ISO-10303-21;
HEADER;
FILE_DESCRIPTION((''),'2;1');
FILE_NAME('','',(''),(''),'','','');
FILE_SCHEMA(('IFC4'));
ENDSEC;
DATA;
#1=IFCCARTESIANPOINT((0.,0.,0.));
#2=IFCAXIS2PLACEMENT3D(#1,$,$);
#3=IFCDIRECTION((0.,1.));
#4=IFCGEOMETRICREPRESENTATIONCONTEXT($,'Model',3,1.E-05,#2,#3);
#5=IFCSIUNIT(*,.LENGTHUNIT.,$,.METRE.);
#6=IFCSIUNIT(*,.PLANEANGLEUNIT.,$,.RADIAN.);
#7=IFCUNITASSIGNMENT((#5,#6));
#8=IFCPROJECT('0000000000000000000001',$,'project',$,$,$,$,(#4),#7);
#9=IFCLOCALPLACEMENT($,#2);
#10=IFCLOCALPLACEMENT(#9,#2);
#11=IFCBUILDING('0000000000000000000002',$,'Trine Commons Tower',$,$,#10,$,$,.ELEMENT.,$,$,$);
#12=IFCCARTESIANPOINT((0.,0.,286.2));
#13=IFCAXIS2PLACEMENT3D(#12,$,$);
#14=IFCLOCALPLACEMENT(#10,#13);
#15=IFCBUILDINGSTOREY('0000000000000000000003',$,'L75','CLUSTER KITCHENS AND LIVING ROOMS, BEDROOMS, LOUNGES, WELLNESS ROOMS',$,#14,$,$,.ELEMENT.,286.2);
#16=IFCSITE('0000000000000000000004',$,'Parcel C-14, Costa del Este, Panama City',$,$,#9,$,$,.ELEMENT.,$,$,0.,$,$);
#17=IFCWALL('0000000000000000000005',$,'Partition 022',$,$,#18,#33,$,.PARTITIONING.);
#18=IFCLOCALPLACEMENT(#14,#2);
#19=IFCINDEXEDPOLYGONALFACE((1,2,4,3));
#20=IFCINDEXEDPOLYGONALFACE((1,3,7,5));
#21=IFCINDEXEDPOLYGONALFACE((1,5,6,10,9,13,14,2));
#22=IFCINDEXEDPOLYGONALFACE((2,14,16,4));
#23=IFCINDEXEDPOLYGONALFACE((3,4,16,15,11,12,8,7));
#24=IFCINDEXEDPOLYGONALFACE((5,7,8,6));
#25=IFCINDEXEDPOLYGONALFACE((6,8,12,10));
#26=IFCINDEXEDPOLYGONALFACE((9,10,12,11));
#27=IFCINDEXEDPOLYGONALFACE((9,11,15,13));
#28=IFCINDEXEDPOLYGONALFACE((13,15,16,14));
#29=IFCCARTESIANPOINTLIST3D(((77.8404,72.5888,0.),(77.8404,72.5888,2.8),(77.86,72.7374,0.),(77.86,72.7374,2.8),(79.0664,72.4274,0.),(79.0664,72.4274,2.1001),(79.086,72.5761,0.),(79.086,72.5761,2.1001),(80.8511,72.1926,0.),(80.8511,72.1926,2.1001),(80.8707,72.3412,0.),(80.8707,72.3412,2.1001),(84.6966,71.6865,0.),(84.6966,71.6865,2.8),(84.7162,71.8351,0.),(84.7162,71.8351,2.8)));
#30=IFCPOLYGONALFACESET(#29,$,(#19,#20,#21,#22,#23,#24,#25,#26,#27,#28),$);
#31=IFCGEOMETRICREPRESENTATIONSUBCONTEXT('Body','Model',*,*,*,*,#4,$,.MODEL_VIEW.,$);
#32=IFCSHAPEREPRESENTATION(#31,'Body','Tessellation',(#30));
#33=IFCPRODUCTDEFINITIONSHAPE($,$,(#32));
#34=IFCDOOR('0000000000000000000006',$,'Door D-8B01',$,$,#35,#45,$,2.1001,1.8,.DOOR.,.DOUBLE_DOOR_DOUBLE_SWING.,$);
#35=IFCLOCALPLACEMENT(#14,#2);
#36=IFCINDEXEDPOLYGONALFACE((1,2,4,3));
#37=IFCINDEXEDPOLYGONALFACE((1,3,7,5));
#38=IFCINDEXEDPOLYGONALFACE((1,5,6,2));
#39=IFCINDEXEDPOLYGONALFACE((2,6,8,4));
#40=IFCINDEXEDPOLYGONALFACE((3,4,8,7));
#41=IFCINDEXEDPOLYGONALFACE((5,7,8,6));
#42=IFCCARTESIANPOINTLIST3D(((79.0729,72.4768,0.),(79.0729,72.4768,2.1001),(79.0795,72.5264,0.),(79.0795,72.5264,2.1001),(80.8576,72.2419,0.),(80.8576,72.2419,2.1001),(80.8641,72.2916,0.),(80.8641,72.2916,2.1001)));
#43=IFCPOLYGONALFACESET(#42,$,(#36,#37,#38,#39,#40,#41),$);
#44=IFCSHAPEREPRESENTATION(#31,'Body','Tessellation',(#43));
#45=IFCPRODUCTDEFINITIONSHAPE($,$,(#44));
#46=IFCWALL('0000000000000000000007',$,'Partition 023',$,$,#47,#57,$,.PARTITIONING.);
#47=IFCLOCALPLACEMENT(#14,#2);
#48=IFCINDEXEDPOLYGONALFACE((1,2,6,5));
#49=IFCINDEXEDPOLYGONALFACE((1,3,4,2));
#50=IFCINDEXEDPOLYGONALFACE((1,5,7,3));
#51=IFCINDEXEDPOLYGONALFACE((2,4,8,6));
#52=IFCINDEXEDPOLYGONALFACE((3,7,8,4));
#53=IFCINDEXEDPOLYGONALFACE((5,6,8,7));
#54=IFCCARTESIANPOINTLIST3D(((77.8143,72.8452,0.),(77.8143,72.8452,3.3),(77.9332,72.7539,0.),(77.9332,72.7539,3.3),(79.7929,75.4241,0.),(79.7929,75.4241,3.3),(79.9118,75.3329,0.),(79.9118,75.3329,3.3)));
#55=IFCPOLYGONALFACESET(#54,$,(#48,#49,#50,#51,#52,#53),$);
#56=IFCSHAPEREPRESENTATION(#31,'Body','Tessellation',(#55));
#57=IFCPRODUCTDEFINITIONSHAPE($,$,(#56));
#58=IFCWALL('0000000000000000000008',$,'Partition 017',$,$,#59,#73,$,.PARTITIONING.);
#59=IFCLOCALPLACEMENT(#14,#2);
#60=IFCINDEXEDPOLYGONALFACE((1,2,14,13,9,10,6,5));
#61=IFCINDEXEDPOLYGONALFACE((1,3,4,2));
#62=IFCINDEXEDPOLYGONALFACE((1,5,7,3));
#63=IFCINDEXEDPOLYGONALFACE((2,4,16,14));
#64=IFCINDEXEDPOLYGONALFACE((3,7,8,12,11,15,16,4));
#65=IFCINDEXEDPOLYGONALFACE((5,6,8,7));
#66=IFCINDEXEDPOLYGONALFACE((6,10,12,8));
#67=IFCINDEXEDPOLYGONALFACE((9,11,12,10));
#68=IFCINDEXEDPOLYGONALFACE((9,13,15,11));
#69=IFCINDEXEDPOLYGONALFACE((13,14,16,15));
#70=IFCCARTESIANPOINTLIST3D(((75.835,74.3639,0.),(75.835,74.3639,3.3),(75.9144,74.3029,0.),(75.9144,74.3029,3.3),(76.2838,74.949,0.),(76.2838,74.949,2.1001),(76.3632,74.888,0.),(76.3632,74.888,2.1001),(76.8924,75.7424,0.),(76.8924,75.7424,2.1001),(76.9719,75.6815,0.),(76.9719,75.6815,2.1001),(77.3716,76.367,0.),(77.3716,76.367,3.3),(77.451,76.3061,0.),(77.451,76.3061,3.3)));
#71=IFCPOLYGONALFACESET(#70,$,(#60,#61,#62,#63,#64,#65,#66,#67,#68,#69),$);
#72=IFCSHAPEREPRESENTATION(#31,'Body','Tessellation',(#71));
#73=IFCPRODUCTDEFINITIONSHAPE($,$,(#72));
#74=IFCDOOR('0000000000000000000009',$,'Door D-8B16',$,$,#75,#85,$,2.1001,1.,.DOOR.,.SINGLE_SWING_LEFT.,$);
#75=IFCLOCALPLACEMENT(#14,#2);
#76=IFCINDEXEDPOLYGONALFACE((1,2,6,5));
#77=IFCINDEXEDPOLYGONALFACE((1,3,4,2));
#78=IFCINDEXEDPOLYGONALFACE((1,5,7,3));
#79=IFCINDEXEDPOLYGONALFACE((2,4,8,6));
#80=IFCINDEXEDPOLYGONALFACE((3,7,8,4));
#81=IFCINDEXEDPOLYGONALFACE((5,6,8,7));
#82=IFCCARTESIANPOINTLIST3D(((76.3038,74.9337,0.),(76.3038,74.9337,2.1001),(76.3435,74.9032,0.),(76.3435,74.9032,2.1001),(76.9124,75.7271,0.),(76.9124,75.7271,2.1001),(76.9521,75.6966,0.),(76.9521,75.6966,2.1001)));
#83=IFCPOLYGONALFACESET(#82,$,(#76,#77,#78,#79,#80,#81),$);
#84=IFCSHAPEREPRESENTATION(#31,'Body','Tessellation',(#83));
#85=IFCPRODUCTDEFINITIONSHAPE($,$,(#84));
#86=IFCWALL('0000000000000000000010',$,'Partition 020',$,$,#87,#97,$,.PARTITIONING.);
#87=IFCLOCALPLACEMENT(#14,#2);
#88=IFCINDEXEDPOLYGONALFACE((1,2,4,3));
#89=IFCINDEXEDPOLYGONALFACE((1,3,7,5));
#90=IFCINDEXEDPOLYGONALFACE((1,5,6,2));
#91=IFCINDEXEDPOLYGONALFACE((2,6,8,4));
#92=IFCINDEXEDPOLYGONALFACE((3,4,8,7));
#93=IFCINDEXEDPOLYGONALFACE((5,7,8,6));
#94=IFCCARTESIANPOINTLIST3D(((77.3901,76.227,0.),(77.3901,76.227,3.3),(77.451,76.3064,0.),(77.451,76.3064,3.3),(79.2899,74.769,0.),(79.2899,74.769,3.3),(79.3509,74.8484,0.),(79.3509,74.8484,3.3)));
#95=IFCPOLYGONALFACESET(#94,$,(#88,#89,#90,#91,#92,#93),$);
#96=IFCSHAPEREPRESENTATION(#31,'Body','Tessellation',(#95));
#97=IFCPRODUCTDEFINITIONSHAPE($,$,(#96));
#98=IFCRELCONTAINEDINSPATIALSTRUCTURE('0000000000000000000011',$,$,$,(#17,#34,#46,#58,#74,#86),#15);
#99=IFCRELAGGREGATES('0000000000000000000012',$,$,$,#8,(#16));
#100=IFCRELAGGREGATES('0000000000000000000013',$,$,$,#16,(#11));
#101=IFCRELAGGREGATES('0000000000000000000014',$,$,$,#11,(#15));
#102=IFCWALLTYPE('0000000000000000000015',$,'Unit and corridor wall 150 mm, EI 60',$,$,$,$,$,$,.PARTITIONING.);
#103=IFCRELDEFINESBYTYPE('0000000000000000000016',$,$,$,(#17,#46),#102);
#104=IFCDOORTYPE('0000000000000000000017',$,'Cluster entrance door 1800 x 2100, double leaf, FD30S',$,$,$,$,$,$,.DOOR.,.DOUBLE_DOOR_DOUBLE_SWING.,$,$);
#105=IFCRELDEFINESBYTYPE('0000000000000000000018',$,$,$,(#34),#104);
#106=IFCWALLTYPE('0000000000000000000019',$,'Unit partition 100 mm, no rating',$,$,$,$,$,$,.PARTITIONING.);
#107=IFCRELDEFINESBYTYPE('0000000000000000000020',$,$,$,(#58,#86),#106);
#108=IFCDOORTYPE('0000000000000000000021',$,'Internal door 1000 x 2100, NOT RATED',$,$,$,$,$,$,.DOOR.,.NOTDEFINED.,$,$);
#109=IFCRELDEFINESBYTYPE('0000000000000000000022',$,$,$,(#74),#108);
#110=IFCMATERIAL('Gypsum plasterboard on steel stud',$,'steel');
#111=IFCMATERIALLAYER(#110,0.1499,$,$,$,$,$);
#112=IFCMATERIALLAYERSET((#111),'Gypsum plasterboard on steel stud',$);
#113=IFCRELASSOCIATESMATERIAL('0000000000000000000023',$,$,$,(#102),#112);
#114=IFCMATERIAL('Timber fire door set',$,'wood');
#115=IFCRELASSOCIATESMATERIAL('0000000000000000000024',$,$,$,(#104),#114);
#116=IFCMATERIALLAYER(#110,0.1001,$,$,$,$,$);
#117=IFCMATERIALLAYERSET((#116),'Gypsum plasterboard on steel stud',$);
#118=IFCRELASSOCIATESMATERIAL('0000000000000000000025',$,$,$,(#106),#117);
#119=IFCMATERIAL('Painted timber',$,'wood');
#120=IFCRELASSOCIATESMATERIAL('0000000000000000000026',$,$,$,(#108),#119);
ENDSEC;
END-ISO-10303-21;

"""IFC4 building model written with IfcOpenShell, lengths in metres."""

from ifc_helpers import new_model, si_unit, direction, frame, frame_2d, origin, place, context, subcontext, project, spatial, rectangle, extrude, material, layer, layer_set, type_object, element, fill, save


model = new_model("IFC4")

# Units and contexts
model_context = context("Model", 3, precision=1e-05, world=origin(), true_north=direction((0.0, 1.0)))
body_context = subcontext(model_context, "Body", "Model", "MODEL_VIEW")
ifc_project = project(units=[si_unit("LENGTHUNIT", "METRE"), si_unit("PLANEANGLEUNIT", "RADIAN")], contexts=[model_context])

# Site, building, storey
site_placement = place(None, origin())
site = spatial("IfcSite", under=ifc_project, at=site_placement, Name="Parcel C-14, Costa del Este, Panama City", CompositionType="ELEMENT", RefElevation=0.0)
building_placement = place(site_placement, origin())
building = spatial("IfcBuilding", under=site, at=building_placement, Name="Trine Commons Tower", CompositionType="ELEMENT")
storey_placement = place(building_placement, frame((0.0, 0.0, 286.2)))
storey = spatial("IfcBuildingStorey", under=building, at=storey_placement, Name="L75", Description="CLUSTER KITCHENS AND LIVING ROOMS, BEDROOMS, LOUNGES, WELLNESS ROOMS", CompositionType="ELEMENT", Elevation=286.2)

# Shared definitions
ifc_material_1 = material(Name="Gypsum plasterboard on steel stud", Category="steel")
ifc_layer_1 = layer(ifc_material_1, 0.1499)
ifc_layer_set_1 = layer_set([ifc_layer_1], Name="Gypsum plasterboard on steel stud")
wall_type_1 = type_object("IfcWallType", Name="Unit and corridor wall 150 mm, EI 60", PredefinedType="PARTITIONING", material=ifc_layer_set_1)

# Shared definitions
ifc_material_2 = material(Name="Timber fire door set", Category="wood")

# Wall, opening, door
wall_1_placement = place(storey_placement, frame((77.8503, 72.6631, 0.0), z_axis=(0.0, 0.0, 1.0), x_axis=(0.99145, -0.130485, 0.0)))
wall_1 = element("IfcWall", 1, at=wall_1_placement, inside=storey, type_object=wall_type_1, Name="Partition 022", PredefinedType="PARTITIONING", context=body_context, shape_type="SweptSolid", body=[
    extrude(rectangle(XDim=6.9153, YDim=0.1499, at=frame_2d((3.4575, 0.0))), origin(), (0.0, 0.0, 1.0), 2.8),
])
opening_1_placement = place(wall_1_placement, frame((1.2366, 0.0, 0.0)))
opening_1 = element("IfcOpeningElement", 2, at=opening_1_placement, cuts=wall_1, PredefinedType="OPENING", context=body_context, shape_type="SweptSolid", body=[
    extrude(rectangle(XDim=1.8, YDim=2.1001, at=frame_2d((0.8999, 1.05))), frame((0.0, 0.085, 0.0), z_axis=(0.0, -1.0, 0.0), x_axis=(1.0, 0.0, 0.0)), (0.0, 0.0, 1.0), 0.1699),
])
door_type_1 = type_object("IfcDoorType", Name="Cluster entrance door 1800 x 2100, double leaf, FD30S", OperationType="DOUBLE_DOOR_DOUBLE_SWING", PredefinedType="DOOR", material=ifc_material_2)
door_1_placement = place(opening_1_placement, origin())
door_1 = element("IfcDoor", 3, at=door_1_placement, inside=storey, type_object=door_type_1, Name="Door D-8B01", OperationType="DOUBLE_DOOR_DOUBLE_SWING", OverallHeight=2.1001, OverallWidth=1.8, PredefinedType="DOOR", context=body_context, shape_type="SweptSolid", body=[
    extrude(rectangle(XDim=1.8, YDim=2.1001, at=frame_2d((0.8999, 1.05))), frame((0.0, 0.0249, 0.0), z_axis=(0.0, -1.0, 0.0), x_axis=(1.0, 0.0, 0.0)), (0.0, 0.0, 1.0), 0.05),
])
fill(opening_1, door_1)

# Wall
wall_2_placement = place(storey_placement, frame((77.8738, 72.7996, 0.0), z_axis=(0.0, 0.0, 1.0), x_axis=(0.608701, 0.7934, 0.0)))
element("IfcWall", 4, at=wall_2_placement, inside=storey, type_object=wall_type_1, Name="Partition 023", PredefinedType="PARTITIONING", context=body_context, shape_type="SweptSolid", body=[
    extrude(rectangle(XDim=3.2505, YDim=0.1499, at=frame_2d((1.6252, 0.0))), origin(), (0.0, 0.0, 1.0), 3.3),
])

# Wall, opening, door
ifc_layer_2 = layer(ifc_material_1, 0.1001)
ifc_layer_set_2 = layer_set([ifc_layer_2], Name="Gypsum plasterboard on steel stud")
wall_type_2 = type_object("IfcWallType", Name="Unit partition 100 mm, no rating", PredefinedType="PARTITIONING", material=ifc_layer_set_2)
wall_3_placement = place(storey_placement, frame((75.8748, 74.3335, 0.0), z_axis=(0.0, 0.0, 1.0), x_axis=(0.608645, 0.793443, 0.0)))
wall_3 = element("IfcWall", 5, at=wall_3_placement, inside=storey, type_object=wall_type_2, Name="Partition 017", PredefinedType="PARTITIONING", context=body_context, shape_type="SweptSolid", body=[
    extrude(rectangle(XDim=2.5247, YDim=0.1001, at=frame_2d((1.2622, 0.0))), origin(), (0.0, 0.0, 1.0), 3.3),
])
opening_2_placement = place(wall_3_placement, frame((0.7373, 0.0, 0.0)))
opening_2 = element("IfcOpeningElement", 6, at=opening_2_placement, cuts=wall_3, PredefinedType="OPENING", context=body_context, shape_type="SweptSolid", body=[
    extrude(rectangle(XDim=1.0, YDim=2.1001, at=frame_2d((0.5, 1.05))), frame((0.0, 0.0601, 0.0), z_axis=(0.0, -1.0, 0.0), x_axis=(1.0, 0.0, 0.0)), (0.0, 0.0, 1.0), 0.1201),
])
ifc_material_3 = material(Name="Painted timber", Category="wood")
door_type_2 = type_object("IfcDoorType", Name="Internal door 1000 x 2100, NOT RATED", OperationType="NOTDEFINED", PredefinedType="DOOR", material=ifc_material_3)
door_2_placement = place(opening_2_placement, origin())
door_2 = element("IfcDoor", 7, at=door_2_placement, inside=storey, type_object=door_type_2, Name="Door D-8B16", OperationType="SINGLE_SWING_LEFT", OverallHeight=2.1001, OverallWidth=1.0, PredefinedType="DOOR", context=body_context, shape_type="SweptSolid", body=[
    extrude(rectangle(XDim=1.0, YDim=2.1001, at=frame_2d((0.5, 1.05))), frame((0.0, 0.0249, 0.0), z_axis=(0.0, -1.0, 0.0), x_axis=(1.0, 0.0, 0.0)), (0.0, 0.0, 1.0), 0.05),
])
fill(opening_2, door_2)

# Wall
wall_4_placement = place(storey_placement, frame((77.4207, 76.2666, 0.0), z_axis=(0.0, 0.0, 1.0), x_axis=(0.793321, -0.608804, 0.0)))
element("IfcWall", 8, at=wall_4_placement, inside=storey, type_object=wall_type_2, Name="Partition 020", PredefinedType="PARTITIONING", context=body_context, shape_type="SweptSolid", body=[
    extrude(rectangle(XDim=2.3948, YDim=0.1001, at=frame_2d((1.1973, 0.0))), origin(), (0.0, 0.0, 1.0), 3.3),
])

save(model, "model.ifc")
